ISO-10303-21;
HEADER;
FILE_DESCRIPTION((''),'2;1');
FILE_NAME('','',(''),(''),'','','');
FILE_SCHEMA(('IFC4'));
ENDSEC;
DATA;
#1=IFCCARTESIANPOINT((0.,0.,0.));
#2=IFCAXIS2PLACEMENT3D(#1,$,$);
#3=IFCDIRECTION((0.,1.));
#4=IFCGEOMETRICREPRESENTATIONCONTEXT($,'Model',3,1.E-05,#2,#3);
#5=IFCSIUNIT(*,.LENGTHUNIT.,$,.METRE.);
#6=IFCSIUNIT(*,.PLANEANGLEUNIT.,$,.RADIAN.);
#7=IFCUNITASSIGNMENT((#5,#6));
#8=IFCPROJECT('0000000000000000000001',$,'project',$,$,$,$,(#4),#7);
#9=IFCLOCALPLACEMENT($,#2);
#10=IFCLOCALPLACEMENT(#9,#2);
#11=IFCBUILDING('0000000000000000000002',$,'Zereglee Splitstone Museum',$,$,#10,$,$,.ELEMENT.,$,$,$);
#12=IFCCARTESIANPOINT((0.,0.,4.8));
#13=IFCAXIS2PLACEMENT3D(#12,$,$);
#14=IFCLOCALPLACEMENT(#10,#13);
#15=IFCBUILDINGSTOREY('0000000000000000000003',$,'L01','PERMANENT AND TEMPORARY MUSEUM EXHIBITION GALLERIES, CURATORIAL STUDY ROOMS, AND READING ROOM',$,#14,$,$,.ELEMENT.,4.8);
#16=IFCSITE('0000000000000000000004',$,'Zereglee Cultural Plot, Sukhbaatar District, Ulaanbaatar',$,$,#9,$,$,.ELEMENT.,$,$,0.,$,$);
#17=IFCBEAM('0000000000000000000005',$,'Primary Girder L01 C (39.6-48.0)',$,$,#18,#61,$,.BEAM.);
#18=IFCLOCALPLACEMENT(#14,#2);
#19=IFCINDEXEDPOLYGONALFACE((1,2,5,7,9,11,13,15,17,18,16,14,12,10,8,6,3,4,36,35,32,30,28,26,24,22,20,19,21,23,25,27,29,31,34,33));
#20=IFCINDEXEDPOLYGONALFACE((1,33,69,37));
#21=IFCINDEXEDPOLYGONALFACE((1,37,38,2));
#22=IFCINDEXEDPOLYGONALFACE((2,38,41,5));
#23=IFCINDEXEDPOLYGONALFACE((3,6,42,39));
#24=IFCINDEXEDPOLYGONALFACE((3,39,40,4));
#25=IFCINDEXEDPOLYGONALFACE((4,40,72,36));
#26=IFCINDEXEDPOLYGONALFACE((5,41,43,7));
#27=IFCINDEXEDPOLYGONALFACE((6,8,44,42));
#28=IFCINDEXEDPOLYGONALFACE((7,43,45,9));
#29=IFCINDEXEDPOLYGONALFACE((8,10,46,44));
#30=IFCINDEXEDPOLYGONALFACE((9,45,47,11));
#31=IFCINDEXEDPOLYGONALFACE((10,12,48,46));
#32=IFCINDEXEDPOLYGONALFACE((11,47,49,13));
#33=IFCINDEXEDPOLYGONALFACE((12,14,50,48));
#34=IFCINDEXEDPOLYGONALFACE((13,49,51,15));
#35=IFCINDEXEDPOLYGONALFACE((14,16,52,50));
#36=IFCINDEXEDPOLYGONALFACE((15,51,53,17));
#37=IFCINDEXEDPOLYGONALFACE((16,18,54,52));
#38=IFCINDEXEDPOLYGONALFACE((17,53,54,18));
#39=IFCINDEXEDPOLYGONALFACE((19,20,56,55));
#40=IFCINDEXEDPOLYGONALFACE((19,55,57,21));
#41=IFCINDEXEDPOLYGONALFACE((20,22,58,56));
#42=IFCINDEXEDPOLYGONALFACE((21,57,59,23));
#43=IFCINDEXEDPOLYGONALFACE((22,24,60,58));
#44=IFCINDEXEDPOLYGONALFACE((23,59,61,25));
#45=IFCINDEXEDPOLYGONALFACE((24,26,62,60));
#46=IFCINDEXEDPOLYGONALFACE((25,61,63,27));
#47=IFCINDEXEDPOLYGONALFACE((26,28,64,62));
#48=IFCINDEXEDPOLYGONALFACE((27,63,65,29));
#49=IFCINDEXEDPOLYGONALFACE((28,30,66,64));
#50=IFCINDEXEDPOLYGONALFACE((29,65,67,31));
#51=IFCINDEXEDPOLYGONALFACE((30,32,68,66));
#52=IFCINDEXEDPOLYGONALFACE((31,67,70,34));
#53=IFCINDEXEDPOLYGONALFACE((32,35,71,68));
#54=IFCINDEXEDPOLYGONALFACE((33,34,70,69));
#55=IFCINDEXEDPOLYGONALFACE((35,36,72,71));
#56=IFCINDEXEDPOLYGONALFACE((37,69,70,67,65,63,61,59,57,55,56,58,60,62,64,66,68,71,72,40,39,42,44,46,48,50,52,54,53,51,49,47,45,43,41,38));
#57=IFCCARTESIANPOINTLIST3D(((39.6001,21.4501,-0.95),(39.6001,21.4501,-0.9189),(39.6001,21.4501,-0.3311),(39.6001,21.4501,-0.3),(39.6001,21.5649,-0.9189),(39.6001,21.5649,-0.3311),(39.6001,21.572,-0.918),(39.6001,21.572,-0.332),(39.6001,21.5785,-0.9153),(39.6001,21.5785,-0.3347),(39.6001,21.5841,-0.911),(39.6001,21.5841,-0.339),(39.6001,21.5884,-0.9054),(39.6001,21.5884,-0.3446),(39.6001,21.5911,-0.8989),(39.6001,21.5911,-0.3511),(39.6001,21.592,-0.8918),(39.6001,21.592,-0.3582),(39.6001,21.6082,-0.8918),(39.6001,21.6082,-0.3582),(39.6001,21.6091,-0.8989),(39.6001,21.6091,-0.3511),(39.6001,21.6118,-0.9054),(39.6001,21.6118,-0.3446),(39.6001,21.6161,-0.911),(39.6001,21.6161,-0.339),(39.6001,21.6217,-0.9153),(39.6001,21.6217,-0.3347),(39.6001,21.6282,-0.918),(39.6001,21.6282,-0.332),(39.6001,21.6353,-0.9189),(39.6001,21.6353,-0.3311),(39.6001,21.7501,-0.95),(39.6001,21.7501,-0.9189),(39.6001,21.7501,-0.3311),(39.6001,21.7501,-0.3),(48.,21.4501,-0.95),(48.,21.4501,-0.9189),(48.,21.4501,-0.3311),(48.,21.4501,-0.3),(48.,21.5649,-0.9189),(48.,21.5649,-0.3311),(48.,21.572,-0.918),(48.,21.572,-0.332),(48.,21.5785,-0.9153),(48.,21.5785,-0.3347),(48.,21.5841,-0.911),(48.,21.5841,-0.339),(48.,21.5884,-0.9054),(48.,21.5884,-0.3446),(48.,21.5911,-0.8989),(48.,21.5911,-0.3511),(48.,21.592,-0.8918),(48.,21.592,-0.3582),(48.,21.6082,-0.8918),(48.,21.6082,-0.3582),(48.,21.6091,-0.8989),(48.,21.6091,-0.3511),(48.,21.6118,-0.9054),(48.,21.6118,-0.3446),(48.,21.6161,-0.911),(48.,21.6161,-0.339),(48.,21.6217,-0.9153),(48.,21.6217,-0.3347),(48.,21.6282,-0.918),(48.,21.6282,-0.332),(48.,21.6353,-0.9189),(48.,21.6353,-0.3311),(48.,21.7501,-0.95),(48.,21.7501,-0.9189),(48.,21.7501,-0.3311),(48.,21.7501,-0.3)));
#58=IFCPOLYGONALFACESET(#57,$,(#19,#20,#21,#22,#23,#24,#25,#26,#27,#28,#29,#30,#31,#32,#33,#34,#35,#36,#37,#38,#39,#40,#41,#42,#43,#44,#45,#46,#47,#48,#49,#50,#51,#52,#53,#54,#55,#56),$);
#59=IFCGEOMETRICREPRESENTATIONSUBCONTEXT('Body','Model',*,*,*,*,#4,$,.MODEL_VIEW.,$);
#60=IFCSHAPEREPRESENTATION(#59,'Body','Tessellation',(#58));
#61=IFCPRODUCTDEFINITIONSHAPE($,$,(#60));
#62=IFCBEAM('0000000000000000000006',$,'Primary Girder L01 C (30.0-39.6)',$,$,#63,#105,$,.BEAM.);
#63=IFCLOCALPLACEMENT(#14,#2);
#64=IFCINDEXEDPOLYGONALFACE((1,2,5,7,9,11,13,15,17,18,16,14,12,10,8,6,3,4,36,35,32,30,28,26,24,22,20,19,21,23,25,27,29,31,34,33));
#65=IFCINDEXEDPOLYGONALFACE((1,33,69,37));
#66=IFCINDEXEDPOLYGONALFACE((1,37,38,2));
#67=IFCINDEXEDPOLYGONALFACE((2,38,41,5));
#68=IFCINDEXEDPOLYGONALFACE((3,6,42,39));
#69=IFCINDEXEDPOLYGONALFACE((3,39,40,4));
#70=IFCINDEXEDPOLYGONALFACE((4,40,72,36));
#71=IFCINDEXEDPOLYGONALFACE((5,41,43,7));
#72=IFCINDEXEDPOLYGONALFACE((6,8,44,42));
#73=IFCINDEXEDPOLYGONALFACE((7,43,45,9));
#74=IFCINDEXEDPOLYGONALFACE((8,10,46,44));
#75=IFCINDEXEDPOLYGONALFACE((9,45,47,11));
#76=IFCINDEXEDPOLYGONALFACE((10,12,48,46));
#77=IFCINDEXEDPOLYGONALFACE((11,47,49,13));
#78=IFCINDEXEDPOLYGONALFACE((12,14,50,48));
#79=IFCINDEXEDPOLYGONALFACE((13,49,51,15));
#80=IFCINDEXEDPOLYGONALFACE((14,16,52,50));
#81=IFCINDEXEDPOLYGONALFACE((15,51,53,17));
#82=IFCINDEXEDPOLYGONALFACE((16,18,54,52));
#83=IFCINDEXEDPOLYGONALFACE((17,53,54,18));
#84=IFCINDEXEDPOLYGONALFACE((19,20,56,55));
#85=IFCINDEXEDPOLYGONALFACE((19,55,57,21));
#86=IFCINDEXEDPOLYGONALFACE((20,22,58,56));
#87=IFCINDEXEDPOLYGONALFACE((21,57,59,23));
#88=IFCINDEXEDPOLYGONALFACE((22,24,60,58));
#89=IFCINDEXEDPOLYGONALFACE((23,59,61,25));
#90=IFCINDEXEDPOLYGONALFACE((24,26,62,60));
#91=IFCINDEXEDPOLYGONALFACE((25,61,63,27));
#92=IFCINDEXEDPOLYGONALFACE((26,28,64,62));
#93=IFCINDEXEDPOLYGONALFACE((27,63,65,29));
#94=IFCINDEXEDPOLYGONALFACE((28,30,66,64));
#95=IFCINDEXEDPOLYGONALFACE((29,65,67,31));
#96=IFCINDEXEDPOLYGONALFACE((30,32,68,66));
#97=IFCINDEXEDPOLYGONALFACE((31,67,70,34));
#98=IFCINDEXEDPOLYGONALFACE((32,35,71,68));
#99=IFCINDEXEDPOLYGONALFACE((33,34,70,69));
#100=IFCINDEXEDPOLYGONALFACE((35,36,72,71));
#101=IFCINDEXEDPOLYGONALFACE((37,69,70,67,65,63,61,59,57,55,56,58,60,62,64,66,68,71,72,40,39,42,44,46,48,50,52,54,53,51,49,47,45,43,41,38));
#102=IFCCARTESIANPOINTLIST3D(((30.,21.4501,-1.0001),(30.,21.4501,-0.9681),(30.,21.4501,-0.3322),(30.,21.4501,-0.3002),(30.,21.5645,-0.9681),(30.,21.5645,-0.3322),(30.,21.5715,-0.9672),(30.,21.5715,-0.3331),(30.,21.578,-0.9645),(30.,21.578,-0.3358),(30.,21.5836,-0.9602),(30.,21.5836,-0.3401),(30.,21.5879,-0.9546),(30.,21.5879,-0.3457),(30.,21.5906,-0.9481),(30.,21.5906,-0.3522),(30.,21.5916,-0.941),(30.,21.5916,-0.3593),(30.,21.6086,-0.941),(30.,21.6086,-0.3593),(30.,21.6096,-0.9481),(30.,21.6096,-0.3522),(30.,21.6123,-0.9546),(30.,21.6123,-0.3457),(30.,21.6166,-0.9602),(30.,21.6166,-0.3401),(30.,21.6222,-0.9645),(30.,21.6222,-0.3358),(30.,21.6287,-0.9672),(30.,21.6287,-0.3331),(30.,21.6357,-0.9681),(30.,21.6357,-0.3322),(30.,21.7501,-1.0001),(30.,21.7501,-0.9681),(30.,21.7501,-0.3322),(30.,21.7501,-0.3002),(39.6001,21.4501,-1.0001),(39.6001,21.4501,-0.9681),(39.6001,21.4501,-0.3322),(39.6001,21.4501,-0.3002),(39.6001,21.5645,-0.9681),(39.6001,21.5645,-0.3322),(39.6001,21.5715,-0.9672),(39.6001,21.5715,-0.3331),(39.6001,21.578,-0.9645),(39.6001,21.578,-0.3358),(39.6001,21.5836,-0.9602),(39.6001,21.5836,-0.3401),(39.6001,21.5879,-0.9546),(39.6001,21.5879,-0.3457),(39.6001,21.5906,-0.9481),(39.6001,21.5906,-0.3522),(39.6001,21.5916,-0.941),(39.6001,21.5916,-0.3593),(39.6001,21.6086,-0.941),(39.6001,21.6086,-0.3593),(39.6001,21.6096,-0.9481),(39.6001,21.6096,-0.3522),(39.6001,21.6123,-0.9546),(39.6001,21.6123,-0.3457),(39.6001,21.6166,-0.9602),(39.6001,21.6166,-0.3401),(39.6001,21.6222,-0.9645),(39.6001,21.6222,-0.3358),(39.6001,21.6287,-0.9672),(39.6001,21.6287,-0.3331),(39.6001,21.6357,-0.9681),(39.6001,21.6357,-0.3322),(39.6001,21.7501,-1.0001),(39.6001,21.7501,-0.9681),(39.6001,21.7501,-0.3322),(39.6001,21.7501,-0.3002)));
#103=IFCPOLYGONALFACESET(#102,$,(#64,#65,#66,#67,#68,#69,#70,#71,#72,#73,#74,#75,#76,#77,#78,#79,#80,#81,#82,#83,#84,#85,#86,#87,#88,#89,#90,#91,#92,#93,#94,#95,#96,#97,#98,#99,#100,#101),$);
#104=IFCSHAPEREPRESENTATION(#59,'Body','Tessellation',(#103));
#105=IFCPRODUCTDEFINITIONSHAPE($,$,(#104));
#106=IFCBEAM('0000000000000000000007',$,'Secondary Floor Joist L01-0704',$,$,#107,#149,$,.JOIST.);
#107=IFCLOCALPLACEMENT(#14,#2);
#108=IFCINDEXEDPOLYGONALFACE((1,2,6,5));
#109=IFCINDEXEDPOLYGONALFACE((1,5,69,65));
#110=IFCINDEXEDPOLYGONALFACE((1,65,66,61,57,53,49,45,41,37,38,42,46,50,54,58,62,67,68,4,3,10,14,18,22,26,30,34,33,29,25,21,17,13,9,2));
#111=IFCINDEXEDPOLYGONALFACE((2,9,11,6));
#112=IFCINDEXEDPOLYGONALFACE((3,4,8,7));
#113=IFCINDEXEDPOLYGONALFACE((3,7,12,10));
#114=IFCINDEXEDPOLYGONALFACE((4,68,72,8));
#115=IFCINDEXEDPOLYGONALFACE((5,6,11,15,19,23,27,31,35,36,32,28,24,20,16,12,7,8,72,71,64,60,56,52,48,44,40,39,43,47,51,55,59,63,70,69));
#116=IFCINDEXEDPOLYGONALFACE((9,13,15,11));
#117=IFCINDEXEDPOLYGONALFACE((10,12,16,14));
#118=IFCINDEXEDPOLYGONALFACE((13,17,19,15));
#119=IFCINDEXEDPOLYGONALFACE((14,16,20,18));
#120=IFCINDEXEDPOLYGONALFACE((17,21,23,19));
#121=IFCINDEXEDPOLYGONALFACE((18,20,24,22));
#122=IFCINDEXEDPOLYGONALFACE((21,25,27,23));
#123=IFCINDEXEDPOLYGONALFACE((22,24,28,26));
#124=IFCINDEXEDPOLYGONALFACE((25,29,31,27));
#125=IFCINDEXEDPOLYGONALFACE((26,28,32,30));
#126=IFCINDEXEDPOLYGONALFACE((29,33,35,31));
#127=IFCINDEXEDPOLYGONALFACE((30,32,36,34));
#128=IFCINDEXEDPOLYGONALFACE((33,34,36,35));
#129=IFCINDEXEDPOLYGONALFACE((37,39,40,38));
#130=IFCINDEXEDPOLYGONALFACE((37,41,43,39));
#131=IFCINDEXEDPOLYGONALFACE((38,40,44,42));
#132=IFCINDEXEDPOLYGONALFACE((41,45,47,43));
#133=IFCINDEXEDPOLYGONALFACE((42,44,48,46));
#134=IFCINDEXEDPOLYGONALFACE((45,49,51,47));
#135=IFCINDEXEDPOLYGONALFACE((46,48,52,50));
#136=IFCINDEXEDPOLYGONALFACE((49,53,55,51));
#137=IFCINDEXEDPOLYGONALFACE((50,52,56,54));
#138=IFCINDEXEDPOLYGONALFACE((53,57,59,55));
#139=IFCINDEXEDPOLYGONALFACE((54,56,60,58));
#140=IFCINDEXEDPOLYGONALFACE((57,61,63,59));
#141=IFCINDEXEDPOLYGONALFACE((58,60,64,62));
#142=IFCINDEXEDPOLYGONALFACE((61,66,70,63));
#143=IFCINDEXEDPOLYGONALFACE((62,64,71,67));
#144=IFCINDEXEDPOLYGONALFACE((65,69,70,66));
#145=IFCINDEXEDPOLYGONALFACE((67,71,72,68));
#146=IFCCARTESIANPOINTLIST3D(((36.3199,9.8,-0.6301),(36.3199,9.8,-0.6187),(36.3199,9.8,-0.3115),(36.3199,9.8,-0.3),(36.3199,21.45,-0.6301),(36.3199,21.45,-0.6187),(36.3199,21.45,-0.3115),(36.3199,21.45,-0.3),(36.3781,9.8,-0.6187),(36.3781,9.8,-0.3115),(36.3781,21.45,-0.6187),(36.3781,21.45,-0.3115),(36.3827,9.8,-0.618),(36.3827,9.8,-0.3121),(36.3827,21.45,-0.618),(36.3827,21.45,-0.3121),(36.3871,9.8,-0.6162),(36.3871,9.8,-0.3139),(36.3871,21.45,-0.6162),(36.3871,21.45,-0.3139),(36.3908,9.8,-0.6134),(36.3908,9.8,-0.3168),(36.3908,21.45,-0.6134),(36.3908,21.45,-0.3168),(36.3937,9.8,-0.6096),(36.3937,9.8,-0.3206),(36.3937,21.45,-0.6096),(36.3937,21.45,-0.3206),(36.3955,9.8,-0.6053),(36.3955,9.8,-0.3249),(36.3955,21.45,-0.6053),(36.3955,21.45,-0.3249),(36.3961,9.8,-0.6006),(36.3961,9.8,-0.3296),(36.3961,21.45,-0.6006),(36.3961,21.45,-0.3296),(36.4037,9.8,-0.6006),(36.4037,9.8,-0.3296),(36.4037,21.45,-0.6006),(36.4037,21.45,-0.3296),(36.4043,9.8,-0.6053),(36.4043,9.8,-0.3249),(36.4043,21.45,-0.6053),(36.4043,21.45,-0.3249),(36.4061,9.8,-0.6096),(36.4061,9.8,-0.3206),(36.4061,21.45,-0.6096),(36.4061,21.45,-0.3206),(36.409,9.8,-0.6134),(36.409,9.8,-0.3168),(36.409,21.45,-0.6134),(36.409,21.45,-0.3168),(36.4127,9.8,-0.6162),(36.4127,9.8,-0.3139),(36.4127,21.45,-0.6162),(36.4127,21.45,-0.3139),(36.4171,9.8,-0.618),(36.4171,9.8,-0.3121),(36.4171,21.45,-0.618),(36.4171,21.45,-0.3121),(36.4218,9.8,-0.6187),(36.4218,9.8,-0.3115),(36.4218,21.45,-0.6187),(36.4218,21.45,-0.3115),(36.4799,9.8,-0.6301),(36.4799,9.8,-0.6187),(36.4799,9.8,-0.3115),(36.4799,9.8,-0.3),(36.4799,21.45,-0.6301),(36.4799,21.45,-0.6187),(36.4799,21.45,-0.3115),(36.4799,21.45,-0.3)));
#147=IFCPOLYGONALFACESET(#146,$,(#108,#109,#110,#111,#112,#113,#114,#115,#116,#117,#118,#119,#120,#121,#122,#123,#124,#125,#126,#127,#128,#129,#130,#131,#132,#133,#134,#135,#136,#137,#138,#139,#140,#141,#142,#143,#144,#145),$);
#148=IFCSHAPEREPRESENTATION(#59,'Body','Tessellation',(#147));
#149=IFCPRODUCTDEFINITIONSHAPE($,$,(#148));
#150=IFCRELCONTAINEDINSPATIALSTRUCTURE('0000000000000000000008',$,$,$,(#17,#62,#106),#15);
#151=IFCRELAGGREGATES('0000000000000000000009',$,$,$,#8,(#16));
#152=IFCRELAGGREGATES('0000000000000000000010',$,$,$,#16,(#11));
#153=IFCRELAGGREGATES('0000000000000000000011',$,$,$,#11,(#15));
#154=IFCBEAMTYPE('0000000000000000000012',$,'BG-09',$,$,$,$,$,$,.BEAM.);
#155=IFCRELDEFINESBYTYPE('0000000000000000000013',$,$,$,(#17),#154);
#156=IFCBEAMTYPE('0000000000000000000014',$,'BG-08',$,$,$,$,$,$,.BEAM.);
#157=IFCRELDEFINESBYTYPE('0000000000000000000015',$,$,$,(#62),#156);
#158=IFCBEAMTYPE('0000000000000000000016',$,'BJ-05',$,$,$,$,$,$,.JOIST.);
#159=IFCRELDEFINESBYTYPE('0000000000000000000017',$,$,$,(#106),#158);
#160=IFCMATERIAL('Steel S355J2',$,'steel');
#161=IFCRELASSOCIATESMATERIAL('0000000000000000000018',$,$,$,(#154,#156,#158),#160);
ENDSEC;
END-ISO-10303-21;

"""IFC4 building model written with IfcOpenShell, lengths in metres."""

from ifc_helpers import new_model, si_unit, direction, frame, origin, origin_2d, place, context, subcontext, project, spatial, i_section, extrude, material, material_profile, profile_set, type_object, element, save


model = new_model("IFC4")

# Units and contexts
model_context = context("Model", 3, precision=1e-05, world=origin(), true_north=direction((0.0, 1.0)))
body_context = subcontext(model_context, "Body", "Model", "MODEL_VIEW")
ifc_project = project(units=[si_unit("LENGTHUNIT", "METRE"), si_unit("PLANEANGLEUNIT", "RADIAN")], contexts=[model_context])

# Site, building, storey
site_placement = place(None, origin())
site = spatial("IfcSite", under=ifc_project, at=site_placement, Name="Zereglee Cultural Plot, Sukhbaatar District, Ulaanbaatar", CompositionType="ELEMENT", RefElevation=0.0)
building_placement = place(site_placement, origin())
building = spatial("IfcBuilding", under=site, at=building_placement, Name="Zereglee Splitstone Museum", CompositionType="ELEMENT")
storey_placement = place(building_placement, frame((0.0, 0.0, 4.8)))
storey = spatial("IfcBuildingStorey", under=building, at=storey_placement, Name="L01", Description="PERMANENT AND TEMPORARY MUSEUM EXHIBITION GALLERIES, CURATORIAL STUDY ROOMS, AND READING ROOM", CompositionType="ELEMENT", Elevation=4.8)

# Shared definitions
ifc_material_1 = material(Name="Steel S355J2", Category="steel")

# Beams
ifc_material_profile_1 = material_profile(ifc_material_1, i_section(OverallWidth=0.3, OverallDepth=0.6499, WebThickness=0.0161, FlangeThickness=0.031, FilletRadius=0.0271, at=origin_2d()), Name="HE 650 B")
ifc_profile_set_1 = profile_set([ifc_material_profile_1], Name="Steel S355J2")
beam_type_1 = type_object("IfcBeamType", Name="BG-09", PredefinedType="BEAM", material=ifc_profile_set_1)
beam_1_placement = place(storey_placement, frame((39.6001, 21.6001, -0.625), z_axis=(1.0, 0.0, 0.0), x_axis=(0.0, 1.0, 0.0)))
element("IfcBeam", 1, at=beam_1_placement, inside=storey, type_object=beam_type_1, Name="Primary Girder L01 C (39.6-48.0)", PredefinedType="BEAM", context=body_context, shape_type="SweptSolid", body=[
    extrude(i_section(OverallWidth=0.3, OverallDepth=0.6499, WebThickness=0.0161, FlangeThickness=0.031, FilletRadius=0.0271, at=origin_2d()), origin(), (0.0, 0.0, 1.0), 8.3999),
])
ifc_material_profile_2 = material_profile(ifc_material_1, i_section(OverallWidth=0.3, OverallDepth=0.7, WebThickness=0.0171, FlangeThickness=0.032, FilletRadius=0.0271, at=origin_2d()), Name="HE 700 B")
ifc_profile_set_2 = profile_set([ifc_material_profile_2], Name="Steel S355J2")
beam_type_2 = type_object("IfcBeamType", Name="BG-08", PredefinedType="BEAM", material=ifc_profile_set_2)
beam_2_placement = place(storey_placement, frame((30.0, 21.6001, -0.6501), z_axis=(1.0, 0.0, 0.0), x_axis=(0.0, 1.0, 0.0)))
element("IfcBeam", 2, at=beam_2_placement, inside=storey, type_object=beam_type_2, Name="Primary Girder L01 C (30.0-39.6)", PredefinedType="BEAM", context=body_context, shape_type="SweptSolid", body=[
    extrude(i_section(OverallWidth=0.3, OverallDepth=0.7, WebThickness=0.0171, FlangeThickness=0.032, FilletRadius=0.0271, at=origin_2d()), origin(), (0.0, 0.0, 1.0), 9.6001),
])
ifc_material_profile_3 = material_profile(ifc_material_1, i_section(OverallWidth=0.1599, OverallDepth=0.3301, WebThickness=0.0076, FlangeThickness=0.0115, FilletRadius=0.0181, at=origin_2d()), Name="IPE 330")
ifc_profile_set_3 = profile_set([ifc_material_profile_3], Name="Steel S355J2")
beam_type_3 = type_object("IfcBeamType", Name="BJ-05", PredefinedType="JOIST", material=ifc_profile_set_3)
beam_3_placement = place(storey_placement, frame((36.3999, 9.8, -0.4651), z_axis=(0.0, 1.0, 0.0), x_axis=(-1.0, 0.0, 0.0)))
element("IfcBeam", 3, at=beam_3_placement, inside=storey, type_object=beam_type_3, Name="Secondary Floor Joist L01-0704", PredefinedType="JOIST", context=body_context, shape_type="SweptSolid", body=[
    extrude(i_section(OverallWidth=0.1599, OverallDepth=0.3301, WebThickness=0.0076, FlangeThickness=0.0115, FilletRadius=0.0181, at=origin_2d()), origin(), (0.0, 0.0, 1.0), 11.6499),
])

save(model, "model.ifc")
